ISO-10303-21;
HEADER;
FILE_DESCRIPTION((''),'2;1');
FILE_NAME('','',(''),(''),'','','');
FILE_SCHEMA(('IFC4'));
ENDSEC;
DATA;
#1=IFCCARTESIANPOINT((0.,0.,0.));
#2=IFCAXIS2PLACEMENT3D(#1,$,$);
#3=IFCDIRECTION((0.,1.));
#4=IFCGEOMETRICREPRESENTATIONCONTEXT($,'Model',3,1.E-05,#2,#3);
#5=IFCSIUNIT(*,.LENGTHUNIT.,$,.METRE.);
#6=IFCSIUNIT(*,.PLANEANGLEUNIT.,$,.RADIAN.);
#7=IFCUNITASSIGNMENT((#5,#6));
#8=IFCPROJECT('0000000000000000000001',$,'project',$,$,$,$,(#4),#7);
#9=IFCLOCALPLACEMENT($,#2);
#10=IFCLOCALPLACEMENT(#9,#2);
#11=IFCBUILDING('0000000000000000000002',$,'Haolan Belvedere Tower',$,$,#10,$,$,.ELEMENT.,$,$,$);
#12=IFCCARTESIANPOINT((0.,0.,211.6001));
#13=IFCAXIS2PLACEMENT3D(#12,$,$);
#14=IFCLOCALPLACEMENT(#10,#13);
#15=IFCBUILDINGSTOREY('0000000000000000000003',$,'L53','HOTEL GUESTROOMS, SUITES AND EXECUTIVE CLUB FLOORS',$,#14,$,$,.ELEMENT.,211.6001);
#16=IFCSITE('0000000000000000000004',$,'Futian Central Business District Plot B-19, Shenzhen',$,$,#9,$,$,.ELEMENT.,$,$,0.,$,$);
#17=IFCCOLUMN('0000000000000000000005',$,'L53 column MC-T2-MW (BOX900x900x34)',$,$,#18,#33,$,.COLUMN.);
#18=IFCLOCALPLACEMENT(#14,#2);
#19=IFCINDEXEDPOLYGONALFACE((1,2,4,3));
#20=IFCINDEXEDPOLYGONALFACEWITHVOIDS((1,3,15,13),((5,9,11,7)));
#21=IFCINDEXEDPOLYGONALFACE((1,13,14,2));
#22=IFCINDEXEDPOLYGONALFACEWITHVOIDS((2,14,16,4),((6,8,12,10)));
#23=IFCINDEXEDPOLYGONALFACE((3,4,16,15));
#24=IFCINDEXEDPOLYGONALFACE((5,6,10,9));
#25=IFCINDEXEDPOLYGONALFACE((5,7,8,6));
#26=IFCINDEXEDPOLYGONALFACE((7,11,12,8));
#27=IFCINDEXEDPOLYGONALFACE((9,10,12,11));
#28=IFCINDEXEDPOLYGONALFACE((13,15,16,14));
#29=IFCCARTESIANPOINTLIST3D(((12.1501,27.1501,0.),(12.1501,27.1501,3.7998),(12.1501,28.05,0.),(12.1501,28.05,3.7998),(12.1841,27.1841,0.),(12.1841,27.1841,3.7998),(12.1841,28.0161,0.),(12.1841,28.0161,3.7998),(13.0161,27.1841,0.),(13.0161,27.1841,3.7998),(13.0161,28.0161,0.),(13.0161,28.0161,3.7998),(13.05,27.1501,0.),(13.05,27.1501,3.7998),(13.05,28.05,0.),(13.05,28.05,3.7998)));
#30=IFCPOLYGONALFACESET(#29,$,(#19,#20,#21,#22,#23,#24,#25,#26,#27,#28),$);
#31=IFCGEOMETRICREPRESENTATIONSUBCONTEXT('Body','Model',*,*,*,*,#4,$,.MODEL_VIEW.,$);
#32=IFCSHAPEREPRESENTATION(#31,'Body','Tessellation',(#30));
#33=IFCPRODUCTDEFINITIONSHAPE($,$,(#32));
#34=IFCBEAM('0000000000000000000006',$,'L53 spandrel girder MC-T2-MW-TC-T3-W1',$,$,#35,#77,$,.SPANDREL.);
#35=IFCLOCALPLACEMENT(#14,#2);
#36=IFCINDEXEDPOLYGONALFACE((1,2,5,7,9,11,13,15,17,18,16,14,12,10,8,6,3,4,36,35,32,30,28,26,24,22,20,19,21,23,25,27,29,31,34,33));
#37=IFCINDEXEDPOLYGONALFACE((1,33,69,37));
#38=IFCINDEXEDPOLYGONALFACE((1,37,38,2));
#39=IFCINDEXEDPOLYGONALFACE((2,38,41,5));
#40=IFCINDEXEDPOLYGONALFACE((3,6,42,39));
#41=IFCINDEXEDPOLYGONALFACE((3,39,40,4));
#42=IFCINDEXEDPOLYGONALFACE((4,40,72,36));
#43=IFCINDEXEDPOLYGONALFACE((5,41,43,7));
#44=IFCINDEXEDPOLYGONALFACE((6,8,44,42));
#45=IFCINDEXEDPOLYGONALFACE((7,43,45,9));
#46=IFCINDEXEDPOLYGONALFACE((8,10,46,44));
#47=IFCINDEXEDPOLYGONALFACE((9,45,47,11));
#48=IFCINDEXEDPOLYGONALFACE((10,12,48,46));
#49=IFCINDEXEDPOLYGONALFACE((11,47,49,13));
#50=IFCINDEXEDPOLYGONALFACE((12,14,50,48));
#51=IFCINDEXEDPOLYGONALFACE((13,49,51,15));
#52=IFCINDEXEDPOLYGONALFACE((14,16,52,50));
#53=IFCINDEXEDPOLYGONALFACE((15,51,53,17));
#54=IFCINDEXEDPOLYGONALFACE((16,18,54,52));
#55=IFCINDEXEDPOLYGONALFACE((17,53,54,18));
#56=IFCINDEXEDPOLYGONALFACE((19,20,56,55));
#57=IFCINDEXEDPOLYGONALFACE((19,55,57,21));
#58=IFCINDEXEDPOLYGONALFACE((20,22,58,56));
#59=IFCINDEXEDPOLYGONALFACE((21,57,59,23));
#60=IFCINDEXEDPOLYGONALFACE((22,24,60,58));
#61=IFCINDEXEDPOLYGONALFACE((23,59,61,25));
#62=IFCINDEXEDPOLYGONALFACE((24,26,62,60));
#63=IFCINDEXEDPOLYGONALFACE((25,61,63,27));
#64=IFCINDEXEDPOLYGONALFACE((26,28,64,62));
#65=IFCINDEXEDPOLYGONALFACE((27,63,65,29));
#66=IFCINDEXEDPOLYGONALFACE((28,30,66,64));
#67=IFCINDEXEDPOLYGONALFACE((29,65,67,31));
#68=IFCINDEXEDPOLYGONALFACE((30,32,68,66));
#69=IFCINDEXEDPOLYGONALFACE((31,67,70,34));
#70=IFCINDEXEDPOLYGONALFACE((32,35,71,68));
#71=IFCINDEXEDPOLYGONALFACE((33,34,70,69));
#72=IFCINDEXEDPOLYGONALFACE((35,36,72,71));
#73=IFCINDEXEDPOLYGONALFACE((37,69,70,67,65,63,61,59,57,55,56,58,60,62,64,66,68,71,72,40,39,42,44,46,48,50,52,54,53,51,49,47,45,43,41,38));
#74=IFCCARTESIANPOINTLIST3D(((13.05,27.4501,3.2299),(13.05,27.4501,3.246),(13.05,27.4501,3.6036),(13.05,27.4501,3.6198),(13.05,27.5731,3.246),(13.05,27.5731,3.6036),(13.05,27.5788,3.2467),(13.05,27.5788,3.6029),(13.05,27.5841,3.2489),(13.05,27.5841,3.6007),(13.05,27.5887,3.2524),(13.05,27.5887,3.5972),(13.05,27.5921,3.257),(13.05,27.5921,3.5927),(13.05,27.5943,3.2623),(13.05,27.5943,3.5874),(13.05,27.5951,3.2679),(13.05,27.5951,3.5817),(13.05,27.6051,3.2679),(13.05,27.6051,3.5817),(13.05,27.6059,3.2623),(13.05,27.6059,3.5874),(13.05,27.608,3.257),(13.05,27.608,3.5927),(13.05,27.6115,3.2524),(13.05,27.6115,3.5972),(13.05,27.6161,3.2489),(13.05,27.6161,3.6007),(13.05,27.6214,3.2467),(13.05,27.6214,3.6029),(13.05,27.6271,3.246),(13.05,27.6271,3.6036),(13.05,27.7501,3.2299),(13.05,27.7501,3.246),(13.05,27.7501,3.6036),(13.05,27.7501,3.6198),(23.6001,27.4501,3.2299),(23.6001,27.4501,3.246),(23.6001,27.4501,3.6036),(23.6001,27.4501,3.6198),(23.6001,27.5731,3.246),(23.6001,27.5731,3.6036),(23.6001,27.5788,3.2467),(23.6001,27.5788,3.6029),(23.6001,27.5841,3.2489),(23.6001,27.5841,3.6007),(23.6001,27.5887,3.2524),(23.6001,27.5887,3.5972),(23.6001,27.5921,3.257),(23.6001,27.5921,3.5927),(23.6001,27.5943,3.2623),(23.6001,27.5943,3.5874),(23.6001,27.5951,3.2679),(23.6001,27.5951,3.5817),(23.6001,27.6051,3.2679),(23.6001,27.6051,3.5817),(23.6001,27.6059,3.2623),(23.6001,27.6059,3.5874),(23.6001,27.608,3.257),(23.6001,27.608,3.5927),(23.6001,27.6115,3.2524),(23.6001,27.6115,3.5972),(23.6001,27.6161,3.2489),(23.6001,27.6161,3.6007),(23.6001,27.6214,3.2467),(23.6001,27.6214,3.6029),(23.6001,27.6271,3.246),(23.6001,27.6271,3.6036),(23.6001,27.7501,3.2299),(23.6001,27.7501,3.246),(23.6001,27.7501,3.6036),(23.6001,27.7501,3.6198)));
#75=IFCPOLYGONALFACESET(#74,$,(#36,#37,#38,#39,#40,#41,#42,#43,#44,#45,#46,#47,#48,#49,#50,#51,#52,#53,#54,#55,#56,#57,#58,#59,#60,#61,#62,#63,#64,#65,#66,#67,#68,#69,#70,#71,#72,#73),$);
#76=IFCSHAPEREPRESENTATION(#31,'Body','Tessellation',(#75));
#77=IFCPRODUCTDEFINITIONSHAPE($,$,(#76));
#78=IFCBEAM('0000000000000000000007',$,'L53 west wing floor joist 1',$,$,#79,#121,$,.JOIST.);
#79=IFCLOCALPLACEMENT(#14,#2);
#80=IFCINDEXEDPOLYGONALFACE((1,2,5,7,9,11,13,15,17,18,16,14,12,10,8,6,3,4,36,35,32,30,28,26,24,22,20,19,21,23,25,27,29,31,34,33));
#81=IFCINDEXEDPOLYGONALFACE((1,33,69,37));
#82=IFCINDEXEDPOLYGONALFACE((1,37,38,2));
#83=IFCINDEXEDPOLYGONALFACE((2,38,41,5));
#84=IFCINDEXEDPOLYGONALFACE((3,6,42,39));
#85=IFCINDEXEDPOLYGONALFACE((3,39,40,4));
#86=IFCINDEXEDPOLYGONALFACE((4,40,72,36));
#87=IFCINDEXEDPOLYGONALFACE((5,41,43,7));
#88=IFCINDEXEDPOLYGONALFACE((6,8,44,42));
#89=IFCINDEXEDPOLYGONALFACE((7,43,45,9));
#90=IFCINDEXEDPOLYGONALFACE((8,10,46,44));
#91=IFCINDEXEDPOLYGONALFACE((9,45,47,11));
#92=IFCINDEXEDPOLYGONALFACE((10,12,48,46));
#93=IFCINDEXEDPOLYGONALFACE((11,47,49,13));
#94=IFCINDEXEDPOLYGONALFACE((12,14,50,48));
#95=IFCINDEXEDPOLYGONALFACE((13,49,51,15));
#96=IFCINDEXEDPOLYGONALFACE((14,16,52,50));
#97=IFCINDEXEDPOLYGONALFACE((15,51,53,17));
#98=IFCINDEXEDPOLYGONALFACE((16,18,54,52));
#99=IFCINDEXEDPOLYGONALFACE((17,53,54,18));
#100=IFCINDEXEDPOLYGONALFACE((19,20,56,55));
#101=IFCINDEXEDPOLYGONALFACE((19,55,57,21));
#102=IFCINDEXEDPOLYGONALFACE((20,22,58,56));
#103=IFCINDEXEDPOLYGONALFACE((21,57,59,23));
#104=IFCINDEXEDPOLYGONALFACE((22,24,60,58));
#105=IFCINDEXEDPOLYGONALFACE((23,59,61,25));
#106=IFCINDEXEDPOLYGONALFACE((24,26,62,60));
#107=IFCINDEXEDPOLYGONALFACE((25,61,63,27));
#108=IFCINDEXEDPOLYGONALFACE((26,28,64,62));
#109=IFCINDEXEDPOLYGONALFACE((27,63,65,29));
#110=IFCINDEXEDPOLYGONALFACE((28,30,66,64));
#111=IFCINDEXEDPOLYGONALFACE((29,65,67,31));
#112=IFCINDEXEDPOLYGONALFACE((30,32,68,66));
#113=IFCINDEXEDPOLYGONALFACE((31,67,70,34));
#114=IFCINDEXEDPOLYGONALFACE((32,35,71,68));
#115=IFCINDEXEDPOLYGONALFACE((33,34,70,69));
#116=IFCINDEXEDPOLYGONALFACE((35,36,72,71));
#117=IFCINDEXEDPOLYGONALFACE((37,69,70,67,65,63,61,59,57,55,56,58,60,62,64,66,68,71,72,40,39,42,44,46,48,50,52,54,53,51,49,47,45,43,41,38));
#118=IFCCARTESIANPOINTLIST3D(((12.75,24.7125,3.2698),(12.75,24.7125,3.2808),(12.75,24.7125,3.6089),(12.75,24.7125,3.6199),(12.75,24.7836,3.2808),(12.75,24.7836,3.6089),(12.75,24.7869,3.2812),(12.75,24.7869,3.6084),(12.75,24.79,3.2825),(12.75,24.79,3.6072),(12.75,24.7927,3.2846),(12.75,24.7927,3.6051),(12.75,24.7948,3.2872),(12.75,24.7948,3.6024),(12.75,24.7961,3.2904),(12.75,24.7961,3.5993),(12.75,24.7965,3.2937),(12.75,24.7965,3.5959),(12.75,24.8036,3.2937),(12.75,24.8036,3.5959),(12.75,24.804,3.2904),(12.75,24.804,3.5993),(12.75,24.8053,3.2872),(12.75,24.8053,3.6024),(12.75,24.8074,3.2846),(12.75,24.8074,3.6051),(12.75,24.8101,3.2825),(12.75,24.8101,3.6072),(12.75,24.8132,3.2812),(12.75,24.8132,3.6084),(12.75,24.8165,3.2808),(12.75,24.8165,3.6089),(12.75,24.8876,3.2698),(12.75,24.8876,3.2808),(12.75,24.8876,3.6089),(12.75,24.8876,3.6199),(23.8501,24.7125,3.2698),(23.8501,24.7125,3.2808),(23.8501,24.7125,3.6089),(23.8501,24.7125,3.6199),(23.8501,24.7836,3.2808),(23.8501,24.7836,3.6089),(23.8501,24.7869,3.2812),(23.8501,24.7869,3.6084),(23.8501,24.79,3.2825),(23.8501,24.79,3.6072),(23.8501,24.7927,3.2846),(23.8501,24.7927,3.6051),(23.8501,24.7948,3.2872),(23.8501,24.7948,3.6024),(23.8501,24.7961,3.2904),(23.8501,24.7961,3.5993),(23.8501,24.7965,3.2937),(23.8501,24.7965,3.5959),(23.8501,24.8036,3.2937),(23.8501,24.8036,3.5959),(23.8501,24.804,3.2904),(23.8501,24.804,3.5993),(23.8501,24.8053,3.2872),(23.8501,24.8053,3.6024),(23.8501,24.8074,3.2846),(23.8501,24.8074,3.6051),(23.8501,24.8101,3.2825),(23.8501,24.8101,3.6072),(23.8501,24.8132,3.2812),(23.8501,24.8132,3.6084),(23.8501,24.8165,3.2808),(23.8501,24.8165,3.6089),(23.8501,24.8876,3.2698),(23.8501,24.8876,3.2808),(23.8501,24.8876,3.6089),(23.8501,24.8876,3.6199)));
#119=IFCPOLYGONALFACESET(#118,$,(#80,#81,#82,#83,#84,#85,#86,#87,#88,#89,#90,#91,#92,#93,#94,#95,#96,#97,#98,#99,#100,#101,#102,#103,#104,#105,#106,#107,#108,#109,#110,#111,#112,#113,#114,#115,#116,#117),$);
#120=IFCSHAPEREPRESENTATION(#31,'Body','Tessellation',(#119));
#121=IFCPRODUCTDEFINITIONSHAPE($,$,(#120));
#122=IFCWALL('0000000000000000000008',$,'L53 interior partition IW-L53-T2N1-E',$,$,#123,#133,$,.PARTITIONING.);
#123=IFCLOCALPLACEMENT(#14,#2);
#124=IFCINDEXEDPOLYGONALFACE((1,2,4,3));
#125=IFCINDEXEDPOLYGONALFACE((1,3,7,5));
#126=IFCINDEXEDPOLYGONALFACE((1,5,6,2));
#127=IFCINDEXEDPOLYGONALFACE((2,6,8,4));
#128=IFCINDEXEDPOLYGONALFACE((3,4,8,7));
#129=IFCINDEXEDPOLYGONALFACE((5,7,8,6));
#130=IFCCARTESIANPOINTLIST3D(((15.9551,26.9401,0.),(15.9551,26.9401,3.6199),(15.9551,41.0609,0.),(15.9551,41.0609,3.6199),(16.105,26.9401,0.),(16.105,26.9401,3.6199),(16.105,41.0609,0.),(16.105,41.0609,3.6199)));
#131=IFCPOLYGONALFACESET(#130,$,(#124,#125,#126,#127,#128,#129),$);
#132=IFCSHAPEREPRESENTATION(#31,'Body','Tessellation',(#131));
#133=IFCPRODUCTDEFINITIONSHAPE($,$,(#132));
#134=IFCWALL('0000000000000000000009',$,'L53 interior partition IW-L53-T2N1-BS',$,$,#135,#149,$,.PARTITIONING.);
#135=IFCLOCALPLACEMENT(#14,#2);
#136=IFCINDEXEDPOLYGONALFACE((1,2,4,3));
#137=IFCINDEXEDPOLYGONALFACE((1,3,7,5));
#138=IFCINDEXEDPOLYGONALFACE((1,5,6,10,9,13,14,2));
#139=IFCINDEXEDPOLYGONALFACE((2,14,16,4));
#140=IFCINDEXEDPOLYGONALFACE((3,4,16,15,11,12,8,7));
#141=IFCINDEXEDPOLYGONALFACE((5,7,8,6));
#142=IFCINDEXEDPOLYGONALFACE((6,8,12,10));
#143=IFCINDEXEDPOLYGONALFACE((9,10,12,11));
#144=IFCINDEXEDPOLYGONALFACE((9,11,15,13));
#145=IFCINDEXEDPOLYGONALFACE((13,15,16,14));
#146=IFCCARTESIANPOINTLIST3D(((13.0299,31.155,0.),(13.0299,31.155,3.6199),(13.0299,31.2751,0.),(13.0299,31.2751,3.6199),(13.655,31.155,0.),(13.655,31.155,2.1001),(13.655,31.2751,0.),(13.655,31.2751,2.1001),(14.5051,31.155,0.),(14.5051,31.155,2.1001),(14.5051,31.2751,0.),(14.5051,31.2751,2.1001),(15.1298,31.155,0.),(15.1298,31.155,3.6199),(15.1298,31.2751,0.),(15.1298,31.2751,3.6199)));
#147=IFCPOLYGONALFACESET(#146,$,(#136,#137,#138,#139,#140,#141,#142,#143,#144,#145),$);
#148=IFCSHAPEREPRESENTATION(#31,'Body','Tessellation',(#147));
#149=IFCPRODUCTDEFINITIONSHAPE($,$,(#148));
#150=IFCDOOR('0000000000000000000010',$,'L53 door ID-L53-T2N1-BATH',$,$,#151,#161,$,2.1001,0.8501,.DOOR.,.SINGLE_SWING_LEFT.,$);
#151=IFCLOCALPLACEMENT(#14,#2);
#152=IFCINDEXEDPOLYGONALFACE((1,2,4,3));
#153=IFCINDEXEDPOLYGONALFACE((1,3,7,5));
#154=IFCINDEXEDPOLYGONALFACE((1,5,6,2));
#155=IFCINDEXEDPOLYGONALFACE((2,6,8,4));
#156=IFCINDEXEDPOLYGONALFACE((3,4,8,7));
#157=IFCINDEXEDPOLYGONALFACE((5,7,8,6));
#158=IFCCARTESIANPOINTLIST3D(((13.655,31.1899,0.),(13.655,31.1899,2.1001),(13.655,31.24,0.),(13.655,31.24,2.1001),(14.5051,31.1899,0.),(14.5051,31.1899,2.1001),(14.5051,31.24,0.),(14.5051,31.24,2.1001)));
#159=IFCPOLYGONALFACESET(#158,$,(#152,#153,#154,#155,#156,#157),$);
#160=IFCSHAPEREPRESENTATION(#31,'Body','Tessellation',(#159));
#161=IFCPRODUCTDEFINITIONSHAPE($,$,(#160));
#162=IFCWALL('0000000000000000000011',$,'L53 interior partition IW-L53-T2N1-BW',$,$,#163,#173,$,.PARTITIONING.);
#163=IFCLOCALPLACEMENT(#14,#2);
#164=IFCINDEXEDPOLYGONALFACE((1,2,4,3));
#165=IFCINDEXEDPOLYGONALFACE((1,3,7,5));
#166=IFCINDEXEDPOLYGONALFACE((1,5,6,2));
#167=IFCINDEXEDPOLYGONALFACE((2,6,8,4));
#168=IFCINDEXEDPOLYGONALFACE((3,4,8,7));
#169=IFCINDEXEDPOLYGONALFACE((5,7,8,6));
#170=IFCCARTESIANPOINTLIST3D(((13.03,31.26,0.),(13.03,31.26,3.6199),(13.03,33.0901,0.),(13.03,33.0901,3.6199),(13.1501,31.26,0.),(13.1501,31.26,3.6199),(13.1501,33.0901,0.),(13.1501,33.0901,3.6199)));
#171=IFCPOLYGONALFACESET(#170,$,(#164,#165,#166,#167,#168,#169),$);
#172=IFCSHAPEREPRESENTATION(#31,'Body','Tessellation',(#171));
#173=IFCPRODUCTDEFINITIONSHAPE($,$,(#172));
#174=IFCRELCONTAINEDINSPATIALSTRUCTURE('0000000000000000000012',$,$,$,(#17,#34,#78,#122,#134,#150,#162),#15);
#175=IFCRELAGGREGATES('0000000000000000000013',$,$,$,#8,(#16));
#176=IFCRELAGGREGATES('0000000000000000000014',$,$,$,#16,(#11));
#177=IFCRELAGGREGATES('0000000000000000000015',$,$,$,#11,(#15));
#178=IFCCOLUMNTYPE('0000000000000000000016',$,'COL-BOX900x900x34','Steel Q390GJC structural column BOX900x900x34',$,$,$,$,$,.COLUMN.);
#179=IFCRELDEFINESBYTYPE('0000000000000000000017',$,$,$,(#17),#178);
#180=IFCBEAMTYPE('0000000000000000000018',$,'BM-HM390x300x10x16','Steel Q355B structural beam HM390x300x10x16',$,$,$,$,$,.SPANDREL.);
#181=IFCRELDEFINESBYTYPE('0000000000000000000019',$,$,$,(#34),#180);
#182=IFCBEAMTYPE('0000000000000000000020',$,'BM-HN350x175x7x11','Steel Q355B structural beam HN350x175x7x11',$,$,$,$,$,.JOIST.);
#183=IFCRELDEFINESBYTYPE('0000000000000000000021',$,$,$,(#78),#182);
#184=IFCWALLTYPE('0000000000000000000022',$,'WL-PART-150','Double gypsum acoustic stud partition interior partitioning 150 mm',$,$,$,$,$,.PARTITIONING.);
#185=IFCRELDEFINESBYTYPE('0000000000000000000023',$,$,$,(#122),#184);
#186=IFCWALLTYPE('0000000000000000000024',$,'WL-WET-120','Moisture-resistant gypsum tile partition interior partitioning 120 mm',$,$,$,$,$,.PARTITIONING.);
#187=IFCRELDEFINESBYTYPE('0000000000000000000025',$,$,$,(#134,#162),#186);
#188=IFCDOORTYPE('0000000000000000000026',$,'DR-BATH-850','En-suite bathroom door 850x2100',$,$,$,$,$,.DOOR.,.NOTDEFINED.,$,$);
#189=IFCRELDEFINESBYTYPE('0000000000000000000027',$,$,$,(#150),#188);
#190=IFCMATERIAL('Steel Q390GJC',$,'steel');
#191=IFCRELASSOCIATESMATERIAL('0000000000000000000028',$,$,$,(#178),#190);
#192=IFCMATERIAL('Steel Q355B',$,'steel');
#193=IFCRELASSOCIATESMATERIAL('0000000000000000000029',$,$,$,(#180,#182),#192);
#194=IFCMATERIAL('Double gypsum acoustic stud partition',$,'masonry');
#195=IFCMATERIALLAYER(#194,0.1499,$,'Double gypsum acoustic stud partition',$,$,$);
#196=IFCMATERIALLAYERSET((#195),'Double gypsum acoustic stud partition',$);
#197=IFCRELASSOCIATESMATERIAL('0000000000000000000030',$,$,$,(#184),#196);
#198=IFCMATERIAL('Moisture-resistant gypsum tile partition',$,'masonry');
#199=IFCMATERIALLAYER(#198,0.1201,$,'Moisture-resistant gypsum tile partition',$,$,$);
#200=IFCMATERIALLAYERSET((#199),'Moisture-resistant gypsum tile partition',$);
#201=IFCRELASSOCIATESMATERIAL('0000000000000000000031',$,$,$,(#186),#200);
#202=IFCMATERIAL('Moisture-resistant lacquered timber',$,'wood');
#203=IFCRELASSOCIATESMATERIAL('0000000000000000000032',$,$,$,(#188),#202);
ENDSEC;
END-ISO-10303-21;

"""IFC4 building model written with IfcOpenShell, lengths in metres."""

from ifc_helpers import new_model, si_unit, direction, frame, frame_2d, origin, origin_2d, place, context, subcontext, project, spatial, rectangle, hollow_rectangle, i_section, extrude, material, layer, layer_set, material_profile, profile_set, type_object, element, fill, save


model = new_model("IFC4")

# Units and contexts
model_context = context("Model", 3, precision=1e-05, world=origin(), true_north=direction((0.0, 1.0)))
body_context = subcontext(model_context, "Body", "Model", "MODEL_VIEW")
ifc_project = project(units=[si_unit("LENGTHUNIT", "METRE"), si_unit("PLANEANGLEUNIT", "RADIAN")], contexts=[model_context])

# Site, building, storey
site_placement = place(None, origin())
site = spatial("IfcSite", under=ifc_project, at=site_placement, Name="Futian Central Business District Plot B-19, Shenzhen", CompositionType="ELEMENT", RefElevation=0.0)
building_placement = place(site_placement, origin())
building = spatial("IfcBuilding", under=site, at=building_placement, Name="Haolan Belvedere Tower", CompositionType="ELEMENT")
storey_placement = place(building_placement, frame((0.0, 0.0, 211.6001)))
storey = spatial("IfcBuildingStorey", under=building, at=storey_placement, Name="L53", Description="HOTEL GUESTROOMS, SUITES AND EXECUTIVE CLUB FLOORS", CompositionType="ELEMENT", Elevation=211.6001)

# Column
ifc_material_1 = material(Name="Steel Q390GJC", Category="steel")
ifc_material_profile_1 = material_profile(ifc_material_1, hollow_rectangle(XDim=0.8999, YDim=0.8999, WallThickness=0.0339, at=origin_2d()), Name="Steel Q390GJC")
ifc_profile_set_1 = profile_set([ifc_material_profile_1], Name="Steel Q390GJC")
column_type = type_object("IfcColumnType", Name="COL-BOX900x900x34", Description="Steel Q390GJC structural column BOX900x900x34", PredefinedType="COLUMN", material=ifc_profile_set_1)
column_placement = place(storey_placement, frame((12.6001, 27.6001, 0.0), z_axis=(0.0, 0.0, 1.0), x_axis=(1.0, 0.0, 0.0)))
element("IfcColumn", 1, at=column_placement, inside=storey, type_object=column_type, Name="L53 column MC-T2-MW (BOX900x900x34)", PredefinedType="COLUMN", context=body_context, shape_type="SweptSolid", body=[
    extrude(hollow_rectangle(XDim=0.8999, YDim=0.8999, WallThickness=0.0339, at=origin_2d()), origin(), (0.0, 0.0, 1.0), 3.7998),
])

# Beams
ifc_material_2 = material(Name="Steel Q355B", Category="steel")
ifc_material_profile_2 = material_profile(ifc_material_2, i_section(OverallWidth=0.3, OverallDepth=0.3899, WebThickness=0.01, FlangeThickness=0.0161, FilletRadius=0.022, at=origin_2d()), Name="Steel Q355B")
ifc_profile_set_2 = profile_set([ifc_material_profile_2], Name="Steel Q355B")
beam_type_1 = type_object("IfcBeamType", Name="BM-HM390x300x10x16", Description="Steel Q355B structural beam HM390x300x10x16", PredefinedType="SPANDREL", material=ifc_profile_set_2)
beam_1_placement = place(storey_placement, frame((13.05, 27.6001, 3.4248), z_axis=(1.0, 0.0, 0.0), x_axis=(0.0, 1.0, 0.0)))
element("IfcBeam", 2, at=beam_1_placement, inside=storey, type_object=beam_type_1, Name="L53 spandrel girder MC-T2-MW-TC-T3-W1", PredefinedType="SPANDREL", context=body_context, shape_type="SweptSolid", body=[
    extrude(i_section(OverallWidth=0.3, OverallDepth=0.3899, WebThickness=0.01, FlangeThickness=0.0161, FilletRadius=0.022, at=origin_2d()), origin(), (0.0, 0.0, 1.0), 10.55),
])
ifc_material_profile_3 = material_profile(ifc_material_2, i_section(OverallWidth=0.175, OverallDepth=0.3501, WebThickness=0.0071, FlangeThickness=0.011, FilletRadius=0.0129, at=origin_2d()), Name="Steel Q355B")
ifc_profile_set_3 = profile_set([ifc_material_profile_3], Name="Steel Q355B")
beam_type_2 = type_object("IfcBeamType", Name="BM-HN350x175x7x11", Description="Steel Q355B structural beam HN350x175x7x11", PredefinedType="JOIST", material=ifc_profile_set_3)
beam_2_placement = place(storey_placement, frame((12.75, 24.8, 3.4448), z_axis=(1.0, 0.0, 0.0), x_axis=(0.0, 1.0, 0.0)))
element("IfcBeam", 3, at=beam_2_placement, inside=storey, type_object=beam_type_2, Name="L53 west wing floor joist 1", PredefinedType="JOIST", context=body_context, shape_type="SweptSolid", body=[
    extrude(i_section(OverallWidth=0.175, OverallDepth=0.3501, WebThickness=0.0071, FlangeThickness=0.011, FilletRadius=0.0129, at=origin_2d()), origin(), (0.0, 0.0, 1.0), 11.1001),
])

# Shared definitions
ifc_material_3 = material(Name="Double gypsum acoustic stud partition", Category="masonry")
ifc_layer_1 = layer(ifc_material_3, 0.1499, Name="Double gypsum acoustic stud partition")
ifc_layer_set_1 = layer_set([ifc_layer_1], Name="Double gypsum acoustic stud partition")
wall_type_1 = type_object("IfcWallType", Name="WL-PART-150", Description="Double gypsum acoustic stud partition interior partitioning 150 mm", PredefinedType="PARTITIONING", material=ifc_layer_set_1)

# Wall
wall_1_placement = place(storey_placement, frame((16.03, 26.9399, 0.0), z_axis=(0.0, 0.0, 1.0), x_axis=(0.0, 1.0, 0.0)))
element("IfcWall", 4, at=wall_1_placement, inside=storey, type_object=wall_type_1, Name="L53 interior partition IW-L53-T2N1-E", PredefinedType="PARTITIONING", context=body_context, shape_type="SweptSolid", body=[
    extrude(rectangle(XDim=14.1208, YDim=0.1499, at=frame_2d((7.0605, 0.0))), origin(), (0.0, 0.0, 1.0), 3.6199),
])

# Wall, opening, door
ifc_material_4 = material(Name="Moisture-resistant gypsum tile partition", Category="masonry")
ifc_layer_2 = layer(ifc_material_4, 0.1201, Name="Moisture-resistant gypsum tile partition")
ifc_layer_set_2 = layer_set([ifc_layer_2], Name="Moisture-resistant gypsum tile partition")
wall_type_2 = type_object("IfcWallType", Name="WL-WET-120", Description="Moisture-resistant gypsum tile partition interior partitioning 120 mm", PredefinedType="PARTITIONING", material=ifc_layer_set_2)
wall_2_placement = place(storey_placement, frame((13.03, 31.2151, 0.0), z_axis=(0.0, 0.0, 1.0), x_axis=(1.0, 0.0, 0.0)))
wall_2 = element("IfcWall", 5, at=wall_2_placement, inside=storey, type_object=wall_type_2, Name="L53 interior partition IW-L53-T2N1-BS", PredefinedType="PARTITIONING", context=body_context, shape_type="SweptSolid", body=[
    extrude(rectangle(XDim=2.0999, YDim=0.1201, at=frame_2d((1.0498, 0.0))), origin(), (0.0, 0.0, 1.0), 3.6199),
])
opening_1_placement = place(wall_2_placement, frame((0.625, 0.0, 0.0)))
opening_1 = element("IfcOpeningElement", 6, at=opening_1_placement, cuts=wall_2, PredefinedType="OPENING", context=body_context, shape_type="SweptSolid", body=[
    extrude(rectangle(XDim=0.8501, YDim=2.1001, at=frame_2d((0.425, 1.05))), frame((0.0, 0.0701, 0.0), z_axis=(0.0, -1.0, 0.0), x_axis=(1.0, 0.0, 0.0)), (0.0, 0.0, 1.0), 0.1401),
])
ifc_material_5 = material(Name="Moisture-resistant lacquered timber", Category="wood")
door_type_1 = type_object("IfcDoorType", Name="DR-BATH-850", Description="En-suite bathroom door 850x2100", OperationType="NOTDEFINED", PredefinedType="DOOR", material=ifc_material_5)
door_1_placement = place(opening_1_placement, origin())
door_1 = element("IfcDoor", 7, at=door_1_placement, inside=storey, type_object=door_type_1, Name="L53 door ID-L53-T2N1-BATH", OperationType="SINGLE_SWING_LEFT", OverallHeight=2.1001, OverallWidth=0.8501, PredefinedType="DOOR", context=body_context, shape_type="SweptSolid", body=[
    extrude(rectangle(XDim=0.8501, YDim=2.1001, at=frame_2d((0.425, 1.05))), frame((0.0, 0.0249, 0.0), z_axis=(0.0, -1.0, 0.0), x_axis=(1.0, 0.0, 0.0)), (0.0, 0.0, 1.0), 0.05),
])
fill(opening_1, door_1)

# Wall
for number, where, z_axis, x_axis, name in (
    (8, (13.0901, 31.26, 0.0), (0.0, 0.0, 1.0), (0.0, 1.0, 0.0), "L53 interior partition IW-L53-T2N1-BW"),
):
    element("IfcWall", number, at=place(storey_placement, frame(where, z_axis=z_axis, x_axis=x_axis)), inside=storey, type_object=wall_type_2, Name=name, PredefinedType="PARTITIONING", context=body_context, shape_type="SweptSolid", body=[
        extrude(rectangle(XDim=1.8301, YDim=0.1201, at=frame_2d((0.915, 0.0))), origin(), (0.0, 0.0, 1.0), 3.6199),
    ])

save(model, "model.ifc")
